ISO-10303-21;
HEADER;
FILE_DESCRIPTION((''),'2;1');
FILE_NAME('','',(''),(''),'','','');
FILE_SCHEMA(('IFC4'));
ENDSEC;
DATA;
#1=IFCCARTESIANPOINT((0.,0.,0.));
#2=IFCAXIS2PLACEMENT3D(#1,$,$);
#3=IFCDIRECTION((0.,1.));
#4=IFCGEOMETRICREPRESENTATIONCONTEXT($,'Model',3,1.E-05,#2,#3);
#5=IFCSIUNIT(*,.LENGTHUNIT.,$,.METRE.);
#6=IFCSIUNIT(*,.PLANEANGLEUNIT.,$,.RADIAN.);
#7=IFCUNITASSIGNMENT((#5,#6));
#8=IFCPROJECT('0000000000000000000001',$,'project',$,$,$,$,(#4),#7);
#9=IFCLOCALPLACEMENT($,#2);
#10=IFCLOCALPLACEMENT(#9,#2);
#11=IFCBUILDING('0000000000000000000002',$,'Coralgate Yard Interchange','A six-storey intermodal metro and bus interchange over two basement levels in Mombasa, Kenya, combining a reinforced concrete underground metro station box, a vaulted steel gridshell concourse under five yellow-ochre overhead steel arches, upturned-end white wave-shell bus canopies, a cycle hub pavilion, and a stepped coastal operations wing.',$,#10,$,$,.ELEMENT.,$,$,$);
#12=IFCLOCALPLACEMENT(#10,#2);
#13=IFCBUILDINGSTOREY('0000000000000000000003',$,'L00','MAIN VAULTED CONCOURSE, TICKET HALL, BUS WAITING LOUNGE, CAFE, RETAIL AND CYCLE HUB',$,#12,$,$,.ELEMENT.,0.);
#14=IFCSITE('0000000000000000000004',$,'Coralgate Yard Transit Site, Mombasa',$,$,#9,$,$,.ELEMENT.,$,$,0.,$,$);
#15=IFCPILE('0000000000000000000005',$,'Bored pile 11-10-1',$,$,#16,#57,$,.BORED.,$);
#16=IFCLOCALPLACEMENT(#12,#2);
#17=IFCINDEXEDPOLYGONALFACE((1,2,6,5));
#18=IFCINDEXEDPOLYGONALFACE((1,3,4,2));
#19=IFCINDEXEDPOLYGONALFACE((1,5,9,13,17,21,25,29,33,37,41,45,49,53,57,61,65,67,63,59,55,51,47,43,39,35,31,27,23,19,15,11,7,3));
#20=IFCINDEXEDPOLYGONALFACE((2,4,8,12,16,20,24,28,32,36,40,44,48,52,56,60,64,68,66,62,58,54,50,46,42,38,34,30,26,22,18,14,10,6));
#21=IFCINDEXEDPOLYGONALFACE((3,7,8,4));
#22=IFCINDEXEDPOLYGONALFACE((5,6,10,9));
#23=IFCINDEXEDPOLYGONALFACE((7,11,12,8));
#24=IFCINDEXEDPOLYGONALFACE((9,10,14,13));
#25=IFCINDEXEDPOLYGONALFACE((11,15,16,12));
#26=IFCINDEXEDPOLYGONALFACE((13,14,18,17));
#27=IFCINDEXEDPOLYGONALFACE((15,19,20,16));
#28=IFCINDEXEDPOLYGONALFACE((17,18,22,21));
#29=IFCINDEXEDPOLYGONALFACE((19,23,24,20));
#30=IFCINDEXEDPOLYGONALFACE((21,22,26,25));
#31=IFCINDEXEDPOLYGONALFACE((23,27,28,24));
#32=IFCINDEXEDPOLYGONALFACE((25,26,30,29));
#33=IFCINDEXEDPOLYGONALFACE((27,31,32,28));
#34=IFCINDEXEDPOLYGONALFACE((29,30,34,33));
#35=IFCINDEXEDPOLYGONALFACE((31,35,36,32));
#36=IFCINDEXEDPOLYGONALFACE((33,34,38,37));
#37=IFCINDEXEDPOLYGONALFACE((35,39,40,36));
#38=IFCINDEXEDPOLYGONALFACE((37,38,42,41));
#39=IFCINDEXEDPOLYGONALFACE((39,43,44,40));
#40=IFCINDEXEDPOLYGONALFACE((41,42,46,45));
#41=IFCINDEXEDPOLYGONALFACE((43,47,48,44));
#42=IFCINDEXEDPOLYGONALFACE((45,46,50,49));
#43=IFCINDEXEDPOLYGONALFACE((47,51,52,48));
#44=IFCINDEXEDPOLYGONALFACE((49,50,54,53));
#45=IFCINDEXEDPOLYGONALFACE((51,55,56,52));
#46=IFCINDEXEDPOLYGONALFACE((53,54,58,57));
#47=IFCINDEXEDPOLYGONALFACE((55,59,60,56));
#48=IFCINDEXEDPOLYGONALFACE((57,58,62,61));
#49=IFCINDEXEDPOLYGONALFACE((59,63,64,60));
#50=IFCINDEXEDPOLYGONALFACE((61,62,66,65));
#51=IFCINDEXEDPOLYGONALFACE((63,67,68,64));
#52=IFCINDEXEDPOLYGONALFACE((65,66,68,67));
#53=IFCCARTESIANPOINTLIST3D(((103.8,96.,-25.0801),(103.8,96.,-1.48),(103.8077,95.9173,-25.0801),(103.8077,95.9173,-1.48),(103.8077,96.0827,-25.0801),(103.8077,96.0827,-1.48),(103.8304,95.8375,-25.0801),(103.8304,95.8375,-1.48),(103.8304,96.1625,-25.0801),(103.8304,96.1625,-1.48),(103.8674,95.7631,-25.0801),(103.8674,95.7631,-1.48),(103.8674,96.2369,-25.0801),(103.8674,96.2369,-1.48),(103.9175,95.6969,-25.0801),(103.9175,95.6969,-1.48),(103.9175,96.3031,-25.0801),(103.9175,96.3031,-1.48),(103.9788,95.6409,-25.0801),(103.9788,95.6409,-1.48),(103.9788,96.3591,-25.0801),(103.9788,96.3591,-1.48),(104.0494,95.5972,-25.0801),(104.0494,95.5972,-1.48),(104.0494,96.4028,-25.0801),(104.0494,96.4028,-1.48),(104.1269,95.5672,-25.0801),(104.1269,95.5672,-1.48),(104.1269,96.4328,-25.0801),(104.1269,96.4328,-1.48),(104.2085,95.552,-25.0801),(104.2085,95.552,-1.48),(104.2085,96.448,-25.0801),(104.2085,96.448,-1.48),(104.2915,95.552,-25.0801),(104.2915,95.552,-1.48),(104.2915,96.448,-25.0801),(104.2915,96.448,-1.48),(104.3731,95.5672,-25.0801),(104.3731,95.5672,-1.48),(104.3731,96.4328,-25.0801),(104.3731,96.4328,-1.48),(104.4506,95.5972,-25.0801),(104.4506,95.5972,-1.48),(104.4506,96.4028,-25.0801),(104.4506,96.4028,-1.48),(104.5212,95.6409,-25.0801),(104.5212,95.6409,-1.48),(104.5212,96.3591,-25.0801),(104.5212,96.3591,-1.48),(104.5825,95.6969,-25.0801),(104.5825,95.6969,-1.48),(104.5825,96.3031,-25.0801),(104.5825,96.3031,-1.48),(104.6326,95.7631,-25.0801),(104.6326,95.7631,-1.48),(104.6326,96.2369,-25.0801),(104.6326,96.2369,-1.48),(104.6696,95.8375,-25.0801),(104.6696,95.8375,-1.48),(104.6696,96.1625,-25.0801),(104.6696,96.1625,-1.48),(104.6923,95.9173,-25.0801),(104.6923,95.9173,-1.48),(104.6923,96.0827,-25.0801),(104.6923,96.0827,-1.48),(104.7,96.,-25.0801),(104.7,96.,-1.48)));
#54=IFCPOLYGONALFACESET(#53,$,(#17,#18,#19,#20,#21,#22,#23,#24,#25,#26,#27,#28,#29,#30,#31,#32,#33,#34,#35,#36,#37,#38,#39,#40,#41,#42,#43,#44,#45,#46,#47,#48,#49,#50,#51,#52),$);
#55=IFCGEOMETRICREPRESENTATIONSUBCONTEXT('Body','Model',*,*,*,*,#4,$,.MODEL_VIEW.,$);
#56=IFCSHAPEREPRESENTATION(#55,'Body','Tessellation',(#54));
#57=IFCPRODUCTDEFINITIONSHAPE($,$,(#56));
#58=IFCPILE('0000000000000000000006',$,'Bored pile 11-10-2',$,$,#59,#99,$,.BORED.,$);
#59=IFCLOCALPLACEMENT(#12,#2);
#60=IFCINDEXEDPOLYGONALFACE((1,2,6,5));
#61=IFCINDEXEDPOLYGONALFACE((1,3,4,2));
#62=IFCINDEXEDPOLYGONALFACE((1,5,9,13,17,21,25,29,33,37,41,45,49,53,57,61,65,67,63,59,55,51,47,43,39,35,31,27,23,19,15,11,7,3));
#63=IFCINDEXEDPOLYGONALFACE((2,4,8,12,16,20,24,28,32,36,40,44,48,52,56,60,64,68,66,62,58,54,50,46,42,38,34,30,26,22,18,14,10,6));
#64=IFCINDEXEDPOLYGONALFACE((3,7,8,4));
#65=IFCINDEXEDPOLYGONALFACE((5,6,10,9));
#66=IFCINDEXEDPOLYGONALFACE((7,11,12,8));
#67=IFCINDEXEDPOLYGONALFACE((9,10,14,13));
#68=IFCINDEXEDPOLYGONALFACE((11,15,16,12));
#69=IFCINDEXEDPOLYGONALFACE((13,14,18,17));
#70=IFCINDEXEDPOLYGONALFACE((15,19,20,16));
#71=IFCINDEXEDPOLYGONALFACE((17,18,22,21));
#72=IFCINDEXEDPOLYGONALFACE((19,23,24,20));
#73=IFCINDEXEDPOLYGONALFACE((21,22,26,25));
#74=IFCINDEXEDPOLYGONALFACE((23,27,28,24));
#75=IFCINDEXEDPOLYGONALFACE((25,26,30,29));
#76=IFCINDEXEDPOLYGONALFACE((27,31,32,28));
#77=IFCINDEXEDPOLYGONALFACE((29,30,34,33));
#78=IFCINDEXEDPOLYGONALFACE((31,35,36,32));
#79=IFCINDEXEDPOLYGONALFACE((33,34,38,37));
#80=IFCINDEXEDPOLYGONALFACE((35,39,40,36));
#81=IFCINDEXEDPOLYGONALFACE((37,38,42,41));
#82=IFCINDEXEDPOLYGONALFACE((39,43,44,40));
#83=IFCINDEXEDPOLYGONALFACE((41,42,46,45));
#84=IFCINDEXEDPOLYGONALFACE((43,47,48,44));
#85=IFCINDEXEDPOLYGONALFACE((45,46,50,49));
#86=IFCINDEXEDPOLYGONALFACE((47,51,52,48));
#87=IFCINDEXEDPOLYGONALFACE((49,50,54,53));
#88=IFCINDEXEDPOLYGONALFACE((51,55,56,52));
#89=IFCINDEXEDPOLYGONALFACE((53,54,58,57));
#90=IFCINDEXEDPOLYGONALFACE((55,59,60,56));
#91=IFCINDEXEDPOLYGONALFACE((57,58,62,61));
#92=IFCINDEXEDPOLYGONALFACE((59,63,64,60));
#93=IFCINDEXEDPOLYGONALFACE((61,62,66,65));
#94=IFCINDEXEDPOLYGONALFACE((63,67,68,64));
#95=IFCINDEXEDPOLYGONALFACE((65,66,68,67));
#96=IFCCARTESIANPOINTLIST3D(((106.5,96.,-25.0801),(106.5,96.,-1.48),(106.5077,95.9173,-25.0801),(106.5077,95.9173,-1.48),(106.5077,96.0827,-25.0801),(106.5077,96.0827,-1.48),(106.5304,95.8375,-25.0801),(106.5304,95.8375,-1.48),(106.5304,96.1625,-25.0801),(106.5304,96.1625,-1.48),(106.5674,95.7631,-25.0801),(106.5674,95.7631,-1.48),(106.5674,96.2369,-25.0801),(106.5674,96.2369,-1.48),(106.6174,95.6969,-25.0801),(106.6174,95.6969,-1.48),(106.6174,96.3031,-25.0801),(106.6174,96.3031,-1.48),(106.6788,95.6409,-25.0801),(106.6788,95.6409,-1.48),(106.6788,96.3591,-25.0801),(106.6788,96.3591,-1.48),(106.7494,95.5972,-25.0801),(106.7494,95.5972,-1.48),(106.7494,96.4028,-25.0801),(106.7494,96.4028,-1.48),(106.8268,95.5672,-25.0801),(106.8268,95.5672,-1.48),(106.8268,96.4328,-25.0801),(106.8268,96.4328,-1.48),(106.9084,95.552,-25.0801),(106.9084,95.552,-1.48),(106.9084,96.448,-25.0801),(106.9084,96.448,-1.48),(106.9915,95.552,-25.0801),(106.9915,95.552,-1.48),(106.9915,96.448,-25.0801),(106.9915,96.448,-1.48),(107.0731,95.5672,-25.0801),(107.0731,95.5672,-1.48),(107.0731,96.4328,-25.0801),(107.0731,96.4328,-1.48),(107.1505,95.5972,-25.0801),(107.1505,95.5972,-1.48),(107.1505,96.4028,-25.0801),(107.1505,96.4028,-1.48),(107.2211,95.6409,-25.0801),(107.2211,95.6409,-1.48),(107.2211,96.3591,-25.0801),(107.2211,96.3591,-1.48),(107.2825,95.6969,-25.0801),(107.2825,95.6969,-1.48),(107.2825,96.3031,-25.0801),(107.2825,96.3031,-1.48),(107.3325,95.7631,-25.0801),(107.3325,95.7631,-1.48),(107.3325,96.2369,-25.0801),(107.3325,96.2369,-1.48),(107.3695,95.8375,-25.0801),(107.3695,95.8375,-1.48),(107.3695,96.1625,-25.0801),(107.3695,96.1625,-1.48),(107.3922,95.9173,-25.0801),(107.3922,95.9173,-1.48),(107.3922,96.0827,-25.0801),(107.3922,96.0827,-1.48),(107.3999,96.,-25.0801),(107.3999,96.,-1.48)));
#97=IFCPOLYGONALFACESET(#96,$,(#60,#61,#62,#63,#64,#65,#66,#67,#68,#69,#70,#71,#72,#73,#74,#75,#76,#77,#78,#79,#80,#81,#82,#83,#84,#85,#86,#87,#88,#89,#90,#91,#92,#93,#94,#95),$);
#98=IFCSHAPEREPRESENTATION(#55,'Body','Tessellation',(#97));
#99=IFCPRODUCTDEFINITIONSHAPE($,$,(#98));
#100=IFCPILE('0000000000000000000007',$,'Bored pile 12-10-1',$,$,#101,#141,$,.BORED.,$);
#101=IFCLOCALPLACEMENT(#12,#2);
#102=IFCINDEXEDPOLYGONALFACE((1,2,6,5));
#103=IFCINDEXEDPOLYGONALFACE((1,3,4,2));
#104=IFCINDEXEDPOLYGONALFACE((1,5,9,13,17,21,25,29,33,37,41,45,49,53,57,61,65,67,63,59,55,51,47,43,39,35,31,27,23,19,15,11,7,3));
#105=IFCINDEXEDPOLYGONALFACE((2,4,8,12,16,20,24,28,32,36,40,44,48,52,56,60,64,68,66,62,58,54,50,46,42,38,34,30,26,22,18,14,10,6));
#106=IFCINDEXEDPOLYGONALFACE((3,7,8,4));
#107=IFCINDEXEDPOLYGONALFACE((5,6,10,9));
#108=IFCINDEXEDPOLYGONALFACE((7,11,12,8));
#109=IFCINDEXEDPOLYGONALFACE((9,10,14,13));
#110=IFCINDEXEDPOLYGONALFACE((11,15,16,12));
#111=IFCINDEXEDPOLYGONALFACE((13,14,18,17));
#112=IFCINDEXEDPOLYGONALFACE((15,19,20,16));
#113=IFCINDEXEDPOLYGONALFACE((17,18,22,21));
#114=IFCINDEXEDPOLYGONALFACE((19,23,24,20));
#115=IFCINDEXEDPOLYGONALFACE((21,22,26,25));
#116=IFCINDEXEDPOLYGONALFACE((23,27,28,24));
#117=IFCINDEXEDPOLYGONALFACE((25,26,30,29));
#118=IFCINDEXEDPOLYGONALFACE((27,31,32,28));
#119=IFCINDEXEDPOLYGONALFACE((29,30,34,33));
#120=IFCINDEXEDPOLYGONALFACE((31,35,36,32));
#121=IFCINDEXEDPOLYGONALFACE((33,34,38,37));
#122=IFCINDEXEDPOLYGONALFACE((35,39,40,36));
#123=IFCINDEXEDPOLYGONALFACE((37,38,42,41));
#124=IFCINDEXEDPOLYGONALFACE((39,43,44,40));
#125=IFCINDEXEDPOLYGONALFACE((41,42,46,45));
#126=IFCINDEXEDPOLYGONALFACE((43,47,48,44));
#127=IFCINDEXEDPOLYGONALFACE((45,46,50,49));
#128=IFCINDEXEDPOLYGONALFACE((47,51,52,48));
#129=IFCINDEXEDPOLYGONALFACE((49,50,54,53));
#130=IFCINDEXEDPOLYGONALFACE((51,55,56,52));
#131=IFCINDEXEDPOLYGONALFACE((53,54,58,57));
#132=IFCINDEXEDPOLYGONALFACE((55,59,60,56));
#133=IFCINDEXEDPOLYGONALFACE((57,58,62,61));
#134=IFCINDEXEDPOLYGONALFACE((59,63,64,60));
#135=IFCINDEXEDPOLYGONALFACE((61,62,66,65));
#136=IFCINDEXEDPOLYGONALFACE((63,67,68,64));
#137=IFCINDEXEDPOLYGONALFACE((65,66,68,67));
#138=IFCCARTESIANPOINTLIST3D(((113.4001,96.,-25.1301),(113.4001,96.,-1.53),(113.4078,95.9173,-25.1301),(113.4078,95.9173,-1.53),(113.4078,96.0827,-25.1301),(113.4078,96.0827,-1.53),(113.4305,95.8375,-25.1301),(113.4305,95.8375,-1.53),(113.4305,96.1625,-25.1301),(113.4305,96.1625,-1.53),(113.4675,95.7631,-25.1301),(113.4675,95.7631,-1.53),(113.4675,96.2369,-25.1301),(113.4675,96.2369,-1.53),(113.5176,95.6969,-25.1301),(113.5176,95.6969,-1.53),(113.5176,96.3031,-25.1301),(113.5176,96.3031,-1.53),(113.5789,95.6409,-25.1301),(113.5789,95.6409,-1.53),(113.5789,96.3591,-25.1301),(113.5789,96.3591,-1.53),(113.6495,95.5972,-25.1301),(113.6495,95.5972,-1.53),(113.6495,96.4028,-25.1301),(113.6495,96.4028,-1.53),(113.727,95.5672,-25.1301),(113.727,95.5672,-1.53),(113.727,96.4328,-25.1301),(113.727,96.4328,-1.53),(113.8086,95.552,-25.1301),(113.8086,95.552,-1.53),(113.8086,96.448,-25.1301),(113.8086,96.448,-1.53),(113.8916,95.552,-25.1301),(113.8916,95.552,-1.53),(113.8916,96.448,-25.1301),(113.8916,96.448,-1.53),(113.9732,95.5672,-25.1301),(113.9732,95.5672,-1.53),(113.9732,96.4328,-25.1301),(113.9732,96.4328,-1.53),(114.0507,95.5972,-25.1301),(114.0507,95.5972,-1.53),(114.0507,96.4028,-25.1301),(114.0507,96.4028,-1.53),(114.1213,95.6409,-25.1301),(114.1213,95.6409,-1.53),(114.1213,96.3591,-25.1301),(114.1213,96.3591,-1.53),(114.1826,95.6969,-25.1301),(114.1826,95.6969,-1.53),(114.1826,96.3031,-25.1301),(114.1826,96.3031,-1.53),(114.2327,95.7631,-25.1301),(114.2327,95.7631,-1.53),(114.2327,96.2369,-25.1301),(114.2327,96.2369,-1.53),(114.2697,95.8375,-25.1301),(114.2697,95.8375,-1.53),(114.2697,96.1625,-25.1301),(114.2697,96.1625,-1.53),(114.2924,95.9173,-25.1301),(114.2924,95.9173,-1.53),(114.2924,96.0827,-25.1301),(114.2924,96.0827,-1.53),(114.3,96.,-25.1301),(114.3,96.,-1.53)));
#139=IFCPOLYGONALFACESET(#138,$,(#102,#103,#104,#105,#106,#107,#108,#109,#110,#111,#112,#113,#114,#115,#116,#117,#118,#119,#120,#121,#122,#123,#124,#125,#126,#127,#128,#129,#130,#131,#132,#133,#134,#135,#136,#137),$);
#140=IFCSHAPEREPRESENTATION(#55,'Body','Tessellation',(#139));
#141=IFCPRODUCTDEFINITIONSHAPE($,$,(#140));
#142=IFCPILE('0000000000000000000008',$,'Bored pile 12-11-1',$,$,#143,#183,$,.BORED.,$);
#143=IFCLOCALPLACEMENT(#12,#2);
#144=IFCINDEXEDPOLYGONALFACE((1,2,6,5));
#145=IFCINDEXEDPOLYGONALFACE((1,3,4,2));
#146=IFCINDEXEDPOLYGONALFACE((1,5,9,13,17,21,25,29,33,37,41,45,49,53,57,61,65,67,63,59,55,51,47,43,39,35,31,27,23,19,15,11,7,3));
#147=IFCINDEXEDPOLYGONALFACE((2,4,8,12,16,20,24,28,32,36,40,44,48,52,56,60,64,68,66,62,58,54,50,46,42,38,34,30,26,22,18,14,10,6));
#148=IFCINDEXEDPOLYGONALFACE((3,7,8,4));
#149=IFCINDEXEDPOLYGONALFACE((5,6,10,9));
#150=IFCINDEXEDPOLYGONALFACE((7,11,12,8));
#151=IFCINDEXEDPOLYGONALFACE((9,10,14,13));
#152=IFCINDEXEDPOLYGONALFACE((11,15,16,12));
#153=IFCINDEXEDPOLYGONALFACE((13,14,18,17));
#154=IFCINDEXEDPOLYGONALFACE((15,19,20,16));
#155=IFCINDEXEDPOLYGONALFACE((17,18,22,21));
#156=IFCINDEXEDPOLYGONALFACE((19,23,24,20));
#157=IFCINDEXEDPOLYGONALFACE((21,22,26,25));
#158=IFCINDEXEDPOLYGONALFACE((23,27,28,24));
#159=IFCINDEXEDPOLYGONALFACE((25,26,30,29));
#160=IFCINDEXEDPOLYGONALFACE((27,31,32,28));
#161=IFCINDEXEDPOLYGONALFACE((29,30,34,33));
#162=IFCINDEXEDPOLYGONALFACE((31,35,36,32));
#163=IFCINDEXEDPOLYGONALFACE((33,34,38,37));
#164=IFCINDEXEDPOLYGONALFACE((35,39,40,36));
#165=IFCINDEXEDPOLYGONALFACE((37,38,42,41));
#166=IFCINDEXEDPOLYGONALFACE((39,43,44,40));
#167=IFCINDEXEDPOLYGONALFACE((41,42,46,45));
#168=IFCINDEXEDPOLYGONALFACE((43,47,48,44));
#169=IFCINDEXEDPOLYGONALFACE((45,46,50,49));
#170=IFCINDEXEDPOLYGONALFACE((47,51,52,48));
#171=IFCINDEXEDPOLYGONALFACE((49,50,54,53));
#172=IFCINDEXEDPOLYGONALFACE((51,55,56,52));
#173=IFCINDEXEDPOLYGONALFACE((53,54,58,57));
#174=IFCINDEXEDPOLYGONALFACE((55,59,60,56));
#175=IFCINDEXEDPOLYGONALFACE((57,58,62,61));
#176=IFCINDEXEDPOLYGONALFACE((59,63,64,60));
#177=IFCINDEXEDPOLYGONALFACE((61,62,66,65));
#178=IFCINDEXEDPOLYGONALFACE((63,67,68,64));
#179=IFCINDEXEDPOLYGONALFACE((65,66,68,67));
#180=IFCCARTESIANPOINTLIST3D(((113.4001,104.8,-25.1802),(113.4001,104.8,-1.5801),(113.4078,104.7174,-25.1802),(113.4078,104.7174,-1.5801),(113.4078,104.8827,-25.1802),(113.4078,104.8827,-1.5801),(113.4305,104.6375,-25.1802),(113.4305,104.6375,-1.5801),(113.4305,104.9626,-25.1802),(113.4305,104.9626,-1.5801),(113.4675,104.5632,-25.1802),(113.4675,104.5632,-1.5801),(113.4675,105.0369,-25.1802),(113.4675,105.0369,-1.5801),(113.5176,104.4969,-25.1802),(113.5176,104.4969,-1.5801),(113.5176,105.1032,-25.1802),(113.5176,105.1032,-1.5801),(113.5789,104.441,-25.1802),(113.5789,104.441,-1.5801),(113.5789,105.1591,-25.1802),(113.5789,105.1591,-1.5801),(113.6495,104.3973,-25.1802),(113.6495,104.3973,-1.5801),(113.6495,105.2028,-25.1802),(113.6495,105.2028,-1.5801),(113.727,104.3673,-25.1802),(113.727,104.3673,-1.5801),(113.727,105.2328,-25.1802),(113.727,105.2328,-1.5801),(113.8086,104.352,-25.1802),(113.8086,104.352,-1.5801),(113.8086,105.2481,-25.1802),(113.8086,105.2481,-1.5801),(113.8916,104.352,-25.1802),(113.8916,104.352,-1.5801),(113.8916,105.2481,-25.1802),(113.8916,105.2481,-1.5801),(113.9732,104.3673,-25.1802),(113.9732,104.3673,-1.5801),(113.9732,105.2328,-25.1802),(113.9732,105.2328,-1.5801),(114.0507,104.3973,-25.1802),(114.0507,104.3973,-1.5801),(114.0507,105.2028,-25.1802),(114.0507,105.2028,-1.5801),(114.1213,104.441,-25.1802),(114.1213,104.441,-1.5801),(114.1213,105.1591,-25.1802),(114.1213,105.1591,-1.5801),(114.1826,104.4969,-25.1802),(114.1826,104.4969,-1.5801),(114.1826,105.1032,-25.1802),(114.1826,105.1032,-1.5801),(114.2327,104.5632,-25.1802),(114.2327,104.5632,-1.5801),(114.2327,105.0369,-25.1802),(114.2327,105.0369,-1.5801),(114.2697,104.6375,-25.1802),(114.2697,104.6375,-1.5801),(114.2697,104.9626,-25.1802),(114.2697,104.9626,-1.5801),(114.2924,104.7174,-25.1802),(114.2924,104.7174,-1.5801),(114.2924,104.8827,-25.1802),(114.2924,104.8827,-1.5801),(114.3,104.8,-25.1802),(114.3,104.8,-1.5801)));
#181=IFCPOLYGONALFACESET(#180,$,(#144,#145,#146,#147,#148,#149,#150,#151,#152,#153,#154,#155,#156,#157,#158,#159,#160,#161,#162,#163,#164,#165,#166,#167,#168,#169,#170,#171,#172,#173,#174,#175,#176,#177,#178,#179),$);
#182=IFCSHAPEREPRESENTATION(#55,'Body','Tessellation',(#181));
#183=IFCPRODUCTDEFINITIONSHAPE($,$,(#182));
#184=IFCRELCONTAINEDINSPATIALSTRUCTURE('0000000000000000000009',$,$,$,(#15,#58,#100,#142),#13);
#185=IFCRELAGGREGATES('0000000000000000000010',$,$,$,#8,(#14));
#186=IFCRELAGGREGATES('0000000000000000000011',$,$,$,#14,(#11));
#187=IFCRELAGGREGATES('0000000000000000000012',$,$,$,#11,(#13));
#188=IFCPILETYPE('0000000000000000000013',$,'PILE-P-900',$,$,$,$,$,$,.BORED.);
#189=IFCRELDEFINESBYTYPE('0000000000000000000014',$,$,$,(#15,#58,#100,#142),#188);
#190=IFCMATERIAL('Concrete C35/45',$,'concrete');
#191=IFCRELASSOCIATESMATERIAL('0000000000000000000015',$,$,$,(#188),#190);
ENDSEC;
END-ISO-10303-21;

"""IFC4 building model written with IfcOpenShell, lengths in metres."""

from ifc_helpers import new_model, si_unit, direction, frame, origin, origin_2d, place, context, subcontext, project, spatial, circle, extrude, material, material_profile, profile_set, type_object, element, save


model = new_model("IFC4")

# Units and contexts
model_context = context("Model", 3, precision=1e-05, world=origin(), true_north=direction((0.0, 1.0)))
body_context = subcontext(model_context, "Body", "Model", "MODEL_VIEW")
ifc_project = project(units=[si_unit("LENGTHUNIT", "METRE"), si_unit("PLANEANGLEUNIT", "RADIAN")], contexts=[model_context])

# Site, building, storey
site_placement = place(None, origin())
site = spatial("IfcSite", under=ifc_project, at=site_placement, Name="Coralgate Yard Transit Site, Mombasa", CompositionType="ELEMENT", RefElevation=0.0)
building_placement = place(site_placement, origin())
building = spatial("IfcBuilding", under=site, at=building_placement, Name="Coralgate Yard Interchange", Description="A six-storey intermodal metro and bus interchange over two basement levels in Mombasa, Kenya, combining a reinforced concrete underground metro station box, a vaulted steel gridshell concourse under five yellow-ochre overhead steel arches, upturned-end white wave-shell bus canopies, a cycle hub pavilion, and a stepped coastal operations wing.", CompositionType="ELEMENT")
storey_placement = place(building_placement, origin())
storey = spatial("IfcBuildingStorey", under=building, at=storey_placement, Name="L00", Description="MAIN VAULTED CONCOURSE, TICKET HALL, BUS WAITING LOUNGE, CAFE, RETAIL AND CYCLE HUB", CompositionType="ELEMENT", Elevation=0.0)

# Piles
ifc_material_1 = material(Name="Concrete C35/45", Category="concrete")
ifc_material_profile_1 = material_profile(ifc_material_1, circle(Radius=0.45, at=origin_2d()), Name="BORED PILE D900")
ifc_profile_set_1 = profile_set([ifc_material_profile_1], Name="Concrete C35/45")
pile_type = type_object("IfcPileType", Name="PILE-P-900", PredefinedType="BORED", material=ifc_profile_set_1)
for number, where, z_axis, x_axis, name in (
    (1, (104.25, 96.0, -1.48), (0.0, 0.0, -1.0), (1.0, 0.0, 0.0), "Bored pile 11-10-1"),
    (2, (106.95, 96.0, -1.48), (0.0, 0.0, -1.0), (1.0, 0.0, 0.0), "Bored pile 11-10-2"),
    (3, (113.8501, 96.0, -1.53), (0.0, 0.0, -1.0), (1.0, 0.0, 0.0), "Bored pile 12-10-1"),
    (4, (113.8501, 104.8, -1.5801), (0.0, 0.0, -1.0), (1.0, 0.0, 0.0), "Bored pile 12-11-1"),
):
    element("IfcPile", number, at=place(storey_placement, frame(where, z_axis=z_axis, x_axis=x_axis)), inside=storey, type_object=pile_type, Name=name, PredefinedType="BORED", context=body_context, shape_type="SweptSolid", body=[
        extrude(circle(Radius=0.45, at=origin_2d()), origin(), (0.0, 0.0, 1.0), 23.6001),
    ])

save(model, "model.ifc")
